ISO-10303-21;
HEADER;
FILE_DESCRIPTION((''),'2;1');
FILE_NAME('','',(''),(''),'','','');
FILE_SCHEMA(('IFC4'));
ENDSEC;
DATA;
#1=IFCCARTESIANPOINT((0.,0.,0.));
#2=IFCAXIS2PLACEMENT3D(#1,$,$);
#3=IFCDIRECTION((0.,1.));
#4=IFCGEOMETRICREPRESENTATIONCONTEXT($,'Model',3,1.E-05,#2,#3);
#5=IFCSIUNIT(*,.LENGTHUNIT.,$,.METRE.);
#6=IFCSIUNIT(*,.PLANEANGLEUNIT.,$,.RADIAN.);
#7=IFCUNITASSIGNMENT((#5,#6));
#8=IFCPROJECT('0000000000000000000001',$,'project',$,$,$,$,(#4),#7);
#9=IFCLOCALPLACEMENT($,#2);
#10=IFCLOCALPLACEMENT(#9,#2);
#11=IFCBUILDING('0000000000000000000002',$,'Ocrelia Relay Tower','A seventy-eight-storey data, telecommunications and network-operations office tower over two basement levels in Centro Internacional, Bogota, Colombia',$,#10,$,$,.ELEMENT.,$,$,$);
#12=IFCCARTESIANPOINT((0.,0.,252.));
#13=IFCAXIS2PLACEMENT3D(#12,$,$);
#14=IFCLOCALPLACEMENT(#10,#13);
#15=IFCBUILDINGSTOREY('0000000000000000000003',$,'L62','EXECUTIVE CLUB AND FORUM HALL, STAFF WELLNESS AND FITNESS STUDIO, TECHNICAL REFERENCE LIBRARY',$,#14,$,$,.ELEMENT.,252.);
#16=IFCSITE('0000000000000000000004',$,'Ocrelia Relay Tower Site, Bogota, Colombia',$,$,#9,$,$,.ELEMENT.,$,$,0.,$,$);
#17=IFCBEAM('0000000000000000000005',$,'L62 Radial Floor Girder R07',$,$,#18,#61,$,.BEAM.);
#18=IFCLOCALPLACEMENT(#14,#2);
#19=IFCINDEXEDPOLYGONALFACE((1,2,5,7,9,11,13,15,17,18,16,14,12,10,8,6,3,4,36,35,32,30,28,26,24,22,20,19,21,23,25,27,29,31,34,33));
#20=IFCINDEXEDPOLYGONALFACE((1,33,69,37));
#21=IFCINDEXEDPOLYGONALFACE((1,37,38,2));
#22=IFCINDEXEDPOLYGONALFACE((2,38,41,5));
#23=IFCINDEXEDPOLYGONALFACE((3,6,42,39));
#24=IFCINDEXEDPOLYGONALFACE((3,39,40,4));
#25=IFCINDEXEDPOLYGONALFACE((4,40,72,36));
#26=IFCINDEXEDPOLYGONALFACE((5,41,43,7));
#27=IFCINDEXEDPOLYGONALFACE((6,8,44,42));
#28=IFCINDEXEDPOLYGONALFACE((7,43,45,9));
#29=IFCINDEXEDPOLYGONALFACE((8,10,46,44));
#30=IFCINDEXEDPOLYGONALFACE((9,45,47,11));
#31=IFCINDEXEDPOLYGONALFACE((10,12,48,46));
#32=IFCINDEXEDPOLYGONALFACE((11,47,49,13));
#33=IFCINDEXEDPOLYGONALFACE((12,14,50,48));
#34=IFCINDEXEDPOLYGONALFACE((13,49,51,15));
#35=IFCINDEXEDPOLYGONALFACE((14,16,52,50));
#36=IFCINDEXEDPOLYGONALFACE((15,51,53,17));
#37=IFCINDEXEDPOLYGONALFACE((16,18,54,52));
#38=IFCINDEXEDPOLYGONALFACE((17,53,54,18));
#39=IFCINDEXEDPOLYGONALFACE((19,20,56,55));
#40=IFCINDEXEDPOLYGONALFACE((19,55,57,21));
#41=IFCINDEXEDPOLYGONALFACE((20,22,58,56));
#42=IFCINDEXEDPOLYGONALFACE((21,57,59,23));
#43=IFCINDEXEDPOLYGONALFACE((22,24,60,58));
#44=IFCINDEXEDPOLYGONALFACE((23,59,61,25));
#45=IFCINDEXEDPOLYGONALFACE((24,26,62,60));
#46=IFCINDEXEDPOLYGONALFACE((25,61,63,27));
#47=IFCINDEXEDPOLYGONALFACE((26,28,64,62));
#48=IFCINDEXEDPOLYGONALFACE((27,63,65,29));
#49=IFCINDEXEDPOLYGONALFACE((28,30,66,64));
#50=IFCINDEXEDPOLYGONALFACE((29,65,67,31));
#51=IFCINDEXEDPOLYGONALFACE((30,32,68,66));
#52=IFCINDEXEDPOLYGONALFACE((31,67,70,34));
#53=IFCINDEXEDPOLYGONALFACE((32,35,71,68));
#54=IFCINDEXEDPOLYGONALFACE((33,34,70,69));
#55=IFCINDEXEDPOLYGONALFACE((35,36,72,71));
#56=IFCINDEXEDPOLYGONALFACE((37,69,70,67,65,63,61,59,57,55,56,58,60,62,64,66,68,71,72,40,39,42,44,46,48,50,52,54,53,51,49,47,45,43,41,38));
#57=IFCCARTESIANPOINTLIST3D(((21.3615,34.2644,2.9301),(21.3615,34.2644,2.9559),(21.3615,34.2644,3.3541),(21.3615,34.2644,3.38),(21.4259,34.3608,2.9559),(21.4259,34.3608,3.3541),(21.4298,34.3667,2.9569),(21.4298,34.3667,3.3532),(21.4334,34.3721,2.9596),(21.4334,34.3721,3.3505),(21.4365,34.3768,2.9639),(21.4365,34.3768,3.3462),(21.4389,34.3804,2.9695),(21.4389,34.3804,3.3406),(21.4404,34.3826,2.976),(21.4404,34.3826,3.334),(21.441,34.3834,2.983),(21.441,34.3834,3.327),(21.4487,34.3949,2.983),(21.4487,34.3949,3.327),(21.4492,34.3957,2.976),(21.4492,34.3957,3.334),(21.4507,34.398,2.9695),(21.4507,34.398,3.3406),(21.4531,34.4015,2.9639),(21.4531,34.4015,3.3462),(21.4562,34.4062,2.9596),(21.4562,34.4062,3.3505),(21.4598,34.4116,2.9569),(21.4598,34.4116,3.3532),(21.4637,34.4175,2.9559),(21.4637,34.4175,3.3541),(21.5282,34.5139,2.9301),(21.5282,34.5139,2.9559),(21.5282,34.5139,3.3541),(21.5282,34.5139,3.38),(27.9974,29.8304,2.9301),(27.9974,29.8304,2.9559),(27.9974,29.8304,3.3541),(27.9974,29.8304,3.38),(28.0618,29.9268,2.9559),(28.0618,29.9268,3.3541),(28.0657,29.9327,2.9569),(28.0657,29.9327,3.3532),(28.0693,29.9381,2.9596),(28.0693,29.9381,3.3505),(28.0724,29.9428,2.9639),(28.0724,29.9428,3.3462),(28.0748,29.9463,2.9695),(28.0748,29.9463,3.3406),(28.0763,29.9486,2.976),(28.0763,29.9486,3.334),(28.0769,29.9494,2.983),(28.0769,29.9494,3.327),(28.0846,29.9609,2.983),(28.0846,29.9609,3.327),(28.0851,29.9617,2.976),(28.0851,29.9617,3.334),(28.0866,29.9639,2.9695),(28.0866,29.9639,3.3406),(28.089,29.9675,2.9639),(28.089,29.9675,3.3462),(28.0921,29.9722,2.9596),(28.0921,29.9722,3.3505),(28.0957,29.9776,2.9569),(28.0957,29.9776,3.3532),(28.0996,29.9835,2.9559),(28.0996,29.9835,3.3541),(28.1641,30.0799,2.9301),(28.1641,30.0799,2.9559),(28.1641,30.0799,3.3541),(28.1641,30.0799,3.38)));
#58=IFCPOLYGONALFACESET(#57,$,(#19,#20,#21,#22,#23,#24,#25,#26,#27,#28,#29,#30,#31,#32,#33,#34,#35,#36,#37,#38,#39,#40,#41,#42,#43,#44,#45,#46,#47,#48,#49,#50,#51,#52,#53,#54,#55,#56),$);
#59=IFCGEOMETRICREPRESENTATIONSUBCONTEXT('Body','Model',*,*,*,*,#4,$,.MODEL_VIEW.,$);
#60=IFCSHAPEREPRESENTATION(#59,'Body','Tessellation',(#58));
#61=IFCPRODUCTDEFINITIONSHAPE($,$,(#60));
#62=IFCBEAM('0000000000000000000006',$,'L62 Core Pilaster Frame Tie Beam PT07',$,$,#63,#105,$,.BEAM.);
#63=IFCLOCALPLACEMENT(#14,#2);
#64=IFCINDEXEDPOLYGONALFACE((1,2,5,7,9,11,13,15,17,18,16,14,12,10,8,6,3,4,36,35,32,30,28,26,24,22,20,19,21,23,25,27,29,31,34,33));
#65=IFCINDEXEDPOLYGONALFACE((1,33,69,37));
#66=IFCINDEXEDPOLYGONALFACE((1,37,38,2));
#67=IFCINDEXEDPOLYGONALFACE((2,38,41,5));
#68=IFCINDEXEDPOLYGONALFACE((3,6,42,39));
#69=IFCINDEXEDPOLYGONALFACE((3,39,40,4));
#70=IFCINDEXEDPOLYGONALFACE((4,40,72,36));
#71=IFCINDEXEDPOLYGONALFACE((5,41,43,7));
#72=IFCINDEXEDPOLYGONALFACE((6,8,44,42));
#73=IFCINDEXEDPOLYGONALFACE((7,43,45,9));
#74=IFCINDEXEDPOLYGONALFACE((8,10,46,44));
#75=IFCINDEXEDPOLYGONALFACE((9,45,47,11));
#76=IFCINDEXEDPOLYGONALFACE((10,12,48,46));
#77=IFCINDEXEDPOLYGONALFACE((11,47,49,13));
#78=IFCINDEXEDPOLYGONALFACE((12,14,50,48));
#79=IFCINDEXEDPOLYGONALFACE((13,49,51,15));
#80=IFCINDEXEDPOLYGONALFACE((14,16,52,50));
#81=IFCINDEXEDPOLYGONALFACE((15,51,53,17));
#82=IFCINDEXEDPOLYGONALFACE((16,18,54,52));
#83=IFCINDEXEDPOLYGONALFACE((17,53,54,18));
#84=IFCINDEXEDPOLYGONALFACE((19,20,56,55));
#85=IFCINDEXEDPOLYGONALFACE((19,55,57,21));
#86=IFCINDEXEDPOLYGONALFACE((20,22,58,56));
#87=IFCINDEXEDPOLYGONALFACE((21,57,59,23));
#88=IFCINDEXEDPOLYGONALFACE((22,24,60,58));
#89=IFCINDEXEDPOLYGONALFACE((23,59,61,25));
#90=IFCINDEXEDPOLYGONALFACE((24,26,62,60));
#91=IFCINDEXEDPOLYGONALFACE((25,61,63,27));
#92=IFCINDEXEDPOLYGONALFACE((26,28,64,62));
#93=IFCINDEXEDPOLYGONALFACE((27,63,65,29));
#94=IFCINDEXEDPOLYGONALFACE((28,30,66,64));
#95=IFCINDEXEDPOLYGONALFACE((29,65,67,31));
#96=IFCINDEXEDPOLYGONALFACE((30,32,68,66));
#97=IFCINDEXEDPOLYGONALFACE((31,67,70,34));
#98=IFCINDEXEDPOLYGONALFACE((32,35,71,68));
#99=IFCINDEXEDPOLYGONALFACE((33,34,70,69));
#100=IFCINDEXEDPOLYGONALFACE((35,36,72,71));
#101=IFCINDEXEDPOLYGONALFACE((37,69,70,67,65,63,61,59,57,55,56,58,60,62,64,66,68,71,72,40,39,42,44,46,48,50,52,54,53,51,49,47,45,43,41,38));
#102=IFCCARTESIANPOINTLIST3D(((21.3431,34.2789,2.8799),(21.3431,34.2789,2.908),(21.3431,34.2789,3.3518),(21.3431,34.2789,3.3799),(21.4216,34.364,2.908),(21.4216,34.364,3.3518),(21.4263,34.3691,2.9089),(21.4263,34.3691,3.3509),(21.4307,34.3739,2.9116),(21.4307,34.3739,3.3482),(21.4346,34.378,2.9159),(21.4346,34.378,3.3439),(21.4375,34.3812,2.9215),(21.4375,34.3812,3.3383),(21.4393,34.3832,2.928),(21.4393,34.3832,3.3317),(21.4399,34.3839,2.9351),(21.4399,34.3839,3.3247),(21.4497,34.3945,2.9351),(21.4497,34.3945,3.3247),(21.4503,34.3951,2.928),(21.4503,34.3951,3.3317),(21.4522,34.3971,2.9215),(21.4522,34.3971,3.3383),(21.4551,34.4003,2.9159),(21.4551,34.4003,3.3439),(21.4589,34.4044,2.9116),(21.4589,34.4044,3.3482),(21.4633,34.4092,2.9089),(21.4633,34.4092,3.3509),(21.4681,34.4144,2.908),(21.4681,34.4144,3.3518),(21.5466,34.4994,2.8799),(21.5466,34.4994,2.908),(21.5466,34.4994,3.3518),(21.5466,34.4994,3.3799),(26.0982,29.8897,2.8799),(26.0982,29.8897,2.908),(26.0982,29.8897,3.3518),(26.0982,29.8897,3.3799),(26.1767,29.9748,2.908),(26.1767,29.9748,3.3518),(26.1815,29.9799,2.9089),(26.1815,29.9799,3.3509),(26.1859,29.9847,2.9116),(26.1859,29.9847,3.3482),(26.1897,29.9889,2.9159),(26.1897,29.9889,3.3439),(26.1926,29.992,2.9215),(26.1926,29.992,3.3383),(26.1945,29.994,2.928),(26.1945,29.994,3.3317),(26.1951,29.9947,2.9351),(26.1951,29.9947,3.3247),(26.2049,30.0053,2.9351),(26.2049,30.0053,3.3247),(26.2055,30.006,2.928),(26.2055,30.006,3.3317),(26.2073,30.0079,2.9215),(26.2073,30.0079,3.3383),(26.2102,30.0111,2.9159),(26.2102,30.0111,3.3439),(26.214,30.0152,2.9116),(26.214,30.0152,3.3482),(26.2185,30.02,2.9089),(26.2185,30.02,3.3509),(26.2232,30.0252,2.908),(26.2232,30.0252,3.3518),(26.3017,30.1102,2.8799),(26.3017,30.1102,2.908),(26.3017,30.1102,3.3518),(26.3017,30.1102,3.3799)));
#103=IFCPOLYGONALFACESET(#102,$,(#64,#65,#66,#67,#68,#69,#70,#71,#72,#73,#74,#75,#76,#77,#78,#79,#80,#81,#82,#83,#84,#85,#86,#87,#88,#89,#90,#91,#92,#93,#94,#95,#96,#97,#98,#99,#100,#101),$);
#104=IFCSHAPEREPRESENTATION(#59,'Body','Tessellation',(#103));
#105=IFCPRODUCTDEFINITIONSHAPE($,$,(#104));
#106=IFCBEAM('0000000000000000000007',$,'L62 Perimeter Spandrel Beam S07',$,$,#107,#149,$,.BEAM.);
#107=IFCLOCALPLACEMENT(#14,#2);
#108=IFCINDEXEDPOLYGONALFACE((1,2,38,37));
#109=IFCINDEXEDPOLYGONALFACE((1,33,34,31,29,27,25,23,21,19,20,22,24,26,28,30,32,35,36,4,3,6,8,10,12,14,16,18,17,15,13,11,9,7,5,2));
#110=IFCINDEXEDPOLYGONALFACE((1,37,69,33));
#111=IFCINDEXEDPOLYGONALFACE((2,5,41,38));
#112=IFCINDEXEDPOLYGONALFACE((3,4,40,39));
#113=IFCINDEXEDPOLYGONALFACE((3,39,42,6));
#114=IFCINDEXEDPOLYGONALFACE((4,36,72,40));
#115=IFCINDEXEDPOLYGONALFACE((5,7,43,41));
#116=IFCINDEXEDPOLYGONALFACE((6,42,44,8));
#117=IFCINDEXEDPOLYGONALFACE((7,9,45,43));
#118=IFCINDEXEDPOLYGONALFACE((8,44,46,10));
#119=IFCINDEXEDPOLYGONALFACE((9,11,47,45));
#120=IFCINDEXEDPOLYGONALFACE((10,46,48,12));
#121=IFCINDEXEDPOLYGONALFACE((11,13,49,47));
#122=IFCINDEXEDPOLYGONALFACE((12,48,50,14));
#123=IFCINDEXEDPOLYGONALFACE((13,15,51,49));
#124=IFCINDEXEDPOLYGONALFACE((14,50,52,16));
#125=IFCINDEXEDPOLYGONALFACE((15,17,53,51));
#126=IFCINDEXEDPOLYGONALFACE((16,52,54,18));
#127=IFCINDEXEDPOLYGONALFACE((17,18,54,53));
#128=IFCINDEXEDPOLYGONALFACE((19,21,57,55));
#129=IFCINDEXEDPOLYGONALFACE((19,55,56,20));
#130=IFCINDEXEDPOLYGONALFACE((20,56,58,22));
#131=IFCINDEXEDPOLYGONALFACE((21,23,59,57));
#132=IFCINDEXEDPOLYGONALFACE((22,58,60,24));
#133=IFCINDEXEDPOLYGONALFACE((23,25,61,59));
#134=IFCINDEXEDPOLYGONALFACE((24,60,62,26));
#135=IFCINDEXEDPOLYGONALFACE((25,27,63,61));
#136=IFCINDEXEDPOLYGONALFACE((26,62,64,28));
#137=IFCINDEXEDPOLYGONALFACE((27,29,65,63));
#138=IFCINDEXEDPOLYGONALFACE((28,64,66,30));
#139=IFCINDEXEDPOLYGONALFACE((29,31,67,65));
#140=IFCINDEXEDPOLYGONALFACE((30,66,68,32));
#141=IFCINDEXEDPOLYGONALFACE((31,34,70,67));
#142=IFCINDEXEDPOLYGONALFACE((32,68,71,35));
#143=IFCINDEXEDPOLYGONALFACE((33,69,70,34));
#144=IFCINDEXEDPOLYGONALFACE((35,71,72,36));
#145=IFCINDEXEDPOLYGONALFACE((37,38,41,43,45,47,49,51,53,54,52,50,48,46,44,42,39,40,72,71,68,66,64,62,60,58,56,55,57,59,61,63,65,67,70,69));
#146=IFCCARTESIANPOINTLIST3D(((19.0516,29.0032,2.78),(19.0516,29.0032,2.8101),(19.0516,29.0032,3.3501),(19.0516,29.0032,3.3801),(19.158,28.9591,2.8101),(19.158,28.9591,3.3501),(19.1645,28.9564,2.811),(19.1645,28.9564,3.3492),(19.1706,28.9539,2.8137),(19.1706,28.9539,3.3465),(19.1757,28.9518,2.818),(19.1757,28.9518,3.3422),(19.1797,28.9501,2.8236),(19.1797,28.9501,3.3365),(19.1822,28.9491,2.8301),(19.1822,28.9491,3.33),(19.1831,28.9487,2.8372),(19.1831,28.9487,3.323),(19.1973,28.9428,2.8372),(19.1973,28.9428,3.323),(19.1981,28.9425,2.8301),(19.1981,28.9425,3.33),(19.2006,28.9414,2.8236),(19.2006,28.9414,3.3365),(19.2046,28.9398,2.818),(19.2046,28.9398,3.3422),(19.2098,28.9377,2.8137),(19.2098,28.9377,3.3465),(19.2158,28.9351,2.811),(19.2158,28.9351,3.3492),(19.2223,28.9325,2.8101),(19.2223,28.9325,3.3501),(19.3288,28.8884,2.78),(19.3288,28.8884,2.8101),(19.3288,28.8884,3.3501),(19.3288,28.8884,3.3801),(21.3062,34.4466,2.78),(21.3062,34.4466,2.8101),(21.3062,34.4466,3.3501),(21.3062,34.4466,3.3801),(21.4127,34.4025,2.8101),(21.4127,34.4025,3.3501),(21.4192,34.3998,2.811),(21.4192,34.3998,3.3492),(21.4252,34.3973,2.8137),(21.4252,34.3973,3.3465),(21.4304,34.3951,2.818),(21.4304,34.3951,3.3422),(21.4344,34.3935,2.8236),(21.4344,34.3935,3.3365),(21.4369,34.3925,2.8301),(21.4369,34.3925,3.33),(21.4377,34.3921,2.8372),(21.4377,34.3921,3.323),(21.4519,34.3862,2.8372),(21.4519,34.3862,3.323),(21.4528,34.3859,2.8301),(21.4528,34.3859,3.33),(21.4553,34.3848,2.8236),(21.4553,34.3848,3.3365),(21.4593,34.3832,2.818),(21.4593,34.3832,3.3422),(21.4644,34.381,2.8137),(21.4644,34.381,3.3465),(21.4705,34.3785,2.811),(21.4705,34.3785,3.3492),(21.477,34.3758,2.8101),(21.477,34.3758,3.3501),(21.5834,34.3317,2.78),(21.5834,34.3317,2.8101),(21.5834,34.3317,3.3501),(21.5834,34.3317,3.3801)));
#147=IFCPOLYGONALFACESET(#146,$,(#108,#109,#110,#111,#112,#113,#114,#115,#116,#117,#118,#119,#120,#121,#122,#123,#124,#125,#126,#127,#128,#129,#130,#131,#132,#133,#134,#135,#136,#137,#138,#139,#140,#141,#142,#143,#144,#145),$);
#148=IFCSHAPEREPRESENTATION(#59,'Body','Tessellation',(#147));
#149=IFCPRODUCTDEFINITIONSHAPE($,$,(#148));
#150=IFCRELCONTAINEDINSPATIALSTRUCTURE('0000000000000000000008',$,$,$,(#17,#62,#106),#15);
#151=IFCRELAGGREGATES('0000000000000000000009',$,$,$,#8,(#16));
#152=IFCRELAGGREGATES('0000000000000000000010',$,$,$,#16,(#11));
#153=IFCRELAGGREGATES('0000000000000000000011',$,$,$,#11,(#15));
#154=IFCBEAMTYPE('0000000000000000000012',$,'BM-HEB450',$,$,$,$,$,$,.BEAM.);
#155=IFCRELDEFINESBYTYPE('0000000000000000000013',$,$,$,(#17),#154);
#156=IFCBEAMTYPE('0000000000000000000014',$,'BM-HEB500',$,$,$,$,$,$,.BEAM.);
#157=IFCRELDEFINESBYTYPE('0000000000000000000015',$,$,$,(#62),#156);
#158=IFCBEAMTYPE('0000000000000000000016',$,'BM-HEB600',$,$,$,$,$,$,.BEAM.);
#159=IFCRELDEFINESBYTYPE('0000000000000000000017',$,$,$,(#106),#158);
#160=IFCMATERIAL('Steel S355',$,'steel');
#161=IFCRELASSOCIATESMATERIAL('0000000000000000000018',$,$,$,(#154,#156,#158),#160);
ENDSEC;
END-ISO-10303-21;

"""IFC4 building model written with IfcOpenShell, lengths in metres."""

from ifc_helpers import new_model, si_unit, direction, frame, origin, origin_2d, place, context, subcontext, project, spatial, i_section, extrude, material, material_profile, profile_set, type_object, element, save


model = new_model("IFC4")

# Units and contexts
model_context = context("Model", 3, precision=1e-05, world=origin(), true_north=direction((0.0, 1.0)))
body_context = subcontext(model_context, "Body", "Model", "MODEL_VIEW")
ifc_project = project(units=[si_unit("LENGTHUNIT", "METRE"), si_unit("PLANEANGLEUNIT", "RADIAN")], contexts=[model_context])

# Site, building, storey
site_placement = place(None, origin())
site = spatial("IfcSite", under=ifc_project, at=site_placement, Name="Ocrelia Relay Tower Site, Bogota, Colombia", CompositionType="ELEMENT", RefElevation=0.0)
building_placement = place(site_placement, origin())
building = spatial("IfcBuilding", under=site, at=building_placement, Name="Ocrelia Relay Tower", Description="A seventy-eight-storey data, telecommunications and network-operations office tower over two basement levels in Centro Internacional, Bogota, Colombia", CompositionType="ELEMENT")
storey_placement = place(building_placement, frame((0.0, 0.0, 252.0)))
storey = spatial("IfcBuildingStorey", under=building, at=storey_placement, Name="L62", Description="EXECUTIVE CLUB AND FORUM HALL, STAFF WELLNESS AND FITNESS STUDIO, TECHNICAL REFERENCE LIBRARY", CompositionType="ELEMENT", Elevation=252.0)

# Beams
ifc_material_1 = material(Name="Steel S355", Category="steel")
ifc_material_profile_1 = material_profile(ifc_material_1, i_section(OverallWidth=0.3, OverallDepth=0.45, WebThickness=0.0139, FlangeThickness=0.0259, FilletRadius=0.0271, at=origin_2d()), Name="HEB 450")
ifc_profile_set_1 = profile_set([ifc_material_profile_1], Name="Steel S355")
beam_type_1 = type_object("IfcBeamType", Name="BM-HEB450", PredefinedType="BEAM", material=ifc_profile_set_1)
beam_1_placement = place(storey_placement, frame((21.4448, 34.3892, 3.155), z_axis=(0.831466, -0.555575, 0.0), x_axis=(0.555575, 0.831466, 0.0)))
element("IfcBeam", 1, at=beam_1_placement, inside=storey, type_object=beam_type_1, Name="L62 Radial Floor Girder R07", PredefinedType="BEAM", context=body_context, shape_type="SweptSolid", body=[
    extrude(i_section(OverallWidth=0.3, OverallDepth=0.45, WebThickness=0.0139, FlangeThickness=0.0259, FilletRadius=0.0271, at=origin_2d()), origin(), (0.0, 0.0, 1.0), 7.981),
])
ifc_material_profile_2 = material_profile(ifc_material_1, i_section(OverallWidth=0.3, OverallDepth=0.5, WebThickness=0.0144, FlangeThickness=0.0281, FilletRadius=0.0271, at=origin_2d()), Name="HEB 500")
ifc_profile_set_2 = profile_set([ifc_material_profile_2], Name="Steel S355")
beam_type_2 = type_object("IfcBeamType", Name="BM-HEB500", PredefinedType="BEAM", material=ifc_profile_set_2)
beam_2_placement = place(storey_placement, frame((21.4448, 34.3892, 3.1299), z_axis=(0.734818, -0.678264, 0.0), x_axis=(0.678264, 0.734818, 0.0)))
element("IfcBeam", 2, at=beam_2_placement, inside=storey, type_object=beam_type_2, Name="L62 Core Pilaster Frame Tie Beam PT07", PredefinedType="BEAM", context=body_context, shape_type="SweptSolid", body=[
    extrude(i_section(OverallWidth=0.3, OverallDepth=0.5, WebThickness=0.0144, FlangeThickness=0.0281, FilletRadius=0.0271, at=origin_2d()), origin(), (0.0, 0.0, 1.0), 6.4712),
])
ifc_material_profile_3 = material_profile(ifc_material_1, i_section(OverallWidth=0.3, OverallDepth=0.6001, WebThickness=0.0154, FlangeThickness=0.03, FilletRadius=0.0271, at=origin_2d()), Name="HEB 600")
ifc_profile_set_3 = profile_set([ifc_material_profile_3], Name="Steel S355")
beam_type_3 = type_object("IfcBeamType", Name="BM-HEB600", PredefinedType="BEAM", material=ifc_profile_set_3)
beam_3_placement = place(storey_placement, frame((21.4448, 34.3892, 3.0801), z_axis=(-0.382673, -0.923884, 0.0), x_axis=(0.923884, -0.382673, 0.0)))
element("IfcBeam", 3, at=beam_3_placement, inside=storey, type_object=beam_type_3, Name="L62 Perimeter Spandrel Beam S07", PredefinedType="BEAM", context=body_context, shape_type="SweptSolid", body=[
    extrude(i_section(OverallWidth=0.3, OverallDepth=0.6001, WebThickness=0.0154, FlangeThickness=0.03, FilletRadius=0.0271, at=origin_2d()), origin(), (0.0, 0.0, 1.0), 5.8918),
])

save(model, "model.ifc")
